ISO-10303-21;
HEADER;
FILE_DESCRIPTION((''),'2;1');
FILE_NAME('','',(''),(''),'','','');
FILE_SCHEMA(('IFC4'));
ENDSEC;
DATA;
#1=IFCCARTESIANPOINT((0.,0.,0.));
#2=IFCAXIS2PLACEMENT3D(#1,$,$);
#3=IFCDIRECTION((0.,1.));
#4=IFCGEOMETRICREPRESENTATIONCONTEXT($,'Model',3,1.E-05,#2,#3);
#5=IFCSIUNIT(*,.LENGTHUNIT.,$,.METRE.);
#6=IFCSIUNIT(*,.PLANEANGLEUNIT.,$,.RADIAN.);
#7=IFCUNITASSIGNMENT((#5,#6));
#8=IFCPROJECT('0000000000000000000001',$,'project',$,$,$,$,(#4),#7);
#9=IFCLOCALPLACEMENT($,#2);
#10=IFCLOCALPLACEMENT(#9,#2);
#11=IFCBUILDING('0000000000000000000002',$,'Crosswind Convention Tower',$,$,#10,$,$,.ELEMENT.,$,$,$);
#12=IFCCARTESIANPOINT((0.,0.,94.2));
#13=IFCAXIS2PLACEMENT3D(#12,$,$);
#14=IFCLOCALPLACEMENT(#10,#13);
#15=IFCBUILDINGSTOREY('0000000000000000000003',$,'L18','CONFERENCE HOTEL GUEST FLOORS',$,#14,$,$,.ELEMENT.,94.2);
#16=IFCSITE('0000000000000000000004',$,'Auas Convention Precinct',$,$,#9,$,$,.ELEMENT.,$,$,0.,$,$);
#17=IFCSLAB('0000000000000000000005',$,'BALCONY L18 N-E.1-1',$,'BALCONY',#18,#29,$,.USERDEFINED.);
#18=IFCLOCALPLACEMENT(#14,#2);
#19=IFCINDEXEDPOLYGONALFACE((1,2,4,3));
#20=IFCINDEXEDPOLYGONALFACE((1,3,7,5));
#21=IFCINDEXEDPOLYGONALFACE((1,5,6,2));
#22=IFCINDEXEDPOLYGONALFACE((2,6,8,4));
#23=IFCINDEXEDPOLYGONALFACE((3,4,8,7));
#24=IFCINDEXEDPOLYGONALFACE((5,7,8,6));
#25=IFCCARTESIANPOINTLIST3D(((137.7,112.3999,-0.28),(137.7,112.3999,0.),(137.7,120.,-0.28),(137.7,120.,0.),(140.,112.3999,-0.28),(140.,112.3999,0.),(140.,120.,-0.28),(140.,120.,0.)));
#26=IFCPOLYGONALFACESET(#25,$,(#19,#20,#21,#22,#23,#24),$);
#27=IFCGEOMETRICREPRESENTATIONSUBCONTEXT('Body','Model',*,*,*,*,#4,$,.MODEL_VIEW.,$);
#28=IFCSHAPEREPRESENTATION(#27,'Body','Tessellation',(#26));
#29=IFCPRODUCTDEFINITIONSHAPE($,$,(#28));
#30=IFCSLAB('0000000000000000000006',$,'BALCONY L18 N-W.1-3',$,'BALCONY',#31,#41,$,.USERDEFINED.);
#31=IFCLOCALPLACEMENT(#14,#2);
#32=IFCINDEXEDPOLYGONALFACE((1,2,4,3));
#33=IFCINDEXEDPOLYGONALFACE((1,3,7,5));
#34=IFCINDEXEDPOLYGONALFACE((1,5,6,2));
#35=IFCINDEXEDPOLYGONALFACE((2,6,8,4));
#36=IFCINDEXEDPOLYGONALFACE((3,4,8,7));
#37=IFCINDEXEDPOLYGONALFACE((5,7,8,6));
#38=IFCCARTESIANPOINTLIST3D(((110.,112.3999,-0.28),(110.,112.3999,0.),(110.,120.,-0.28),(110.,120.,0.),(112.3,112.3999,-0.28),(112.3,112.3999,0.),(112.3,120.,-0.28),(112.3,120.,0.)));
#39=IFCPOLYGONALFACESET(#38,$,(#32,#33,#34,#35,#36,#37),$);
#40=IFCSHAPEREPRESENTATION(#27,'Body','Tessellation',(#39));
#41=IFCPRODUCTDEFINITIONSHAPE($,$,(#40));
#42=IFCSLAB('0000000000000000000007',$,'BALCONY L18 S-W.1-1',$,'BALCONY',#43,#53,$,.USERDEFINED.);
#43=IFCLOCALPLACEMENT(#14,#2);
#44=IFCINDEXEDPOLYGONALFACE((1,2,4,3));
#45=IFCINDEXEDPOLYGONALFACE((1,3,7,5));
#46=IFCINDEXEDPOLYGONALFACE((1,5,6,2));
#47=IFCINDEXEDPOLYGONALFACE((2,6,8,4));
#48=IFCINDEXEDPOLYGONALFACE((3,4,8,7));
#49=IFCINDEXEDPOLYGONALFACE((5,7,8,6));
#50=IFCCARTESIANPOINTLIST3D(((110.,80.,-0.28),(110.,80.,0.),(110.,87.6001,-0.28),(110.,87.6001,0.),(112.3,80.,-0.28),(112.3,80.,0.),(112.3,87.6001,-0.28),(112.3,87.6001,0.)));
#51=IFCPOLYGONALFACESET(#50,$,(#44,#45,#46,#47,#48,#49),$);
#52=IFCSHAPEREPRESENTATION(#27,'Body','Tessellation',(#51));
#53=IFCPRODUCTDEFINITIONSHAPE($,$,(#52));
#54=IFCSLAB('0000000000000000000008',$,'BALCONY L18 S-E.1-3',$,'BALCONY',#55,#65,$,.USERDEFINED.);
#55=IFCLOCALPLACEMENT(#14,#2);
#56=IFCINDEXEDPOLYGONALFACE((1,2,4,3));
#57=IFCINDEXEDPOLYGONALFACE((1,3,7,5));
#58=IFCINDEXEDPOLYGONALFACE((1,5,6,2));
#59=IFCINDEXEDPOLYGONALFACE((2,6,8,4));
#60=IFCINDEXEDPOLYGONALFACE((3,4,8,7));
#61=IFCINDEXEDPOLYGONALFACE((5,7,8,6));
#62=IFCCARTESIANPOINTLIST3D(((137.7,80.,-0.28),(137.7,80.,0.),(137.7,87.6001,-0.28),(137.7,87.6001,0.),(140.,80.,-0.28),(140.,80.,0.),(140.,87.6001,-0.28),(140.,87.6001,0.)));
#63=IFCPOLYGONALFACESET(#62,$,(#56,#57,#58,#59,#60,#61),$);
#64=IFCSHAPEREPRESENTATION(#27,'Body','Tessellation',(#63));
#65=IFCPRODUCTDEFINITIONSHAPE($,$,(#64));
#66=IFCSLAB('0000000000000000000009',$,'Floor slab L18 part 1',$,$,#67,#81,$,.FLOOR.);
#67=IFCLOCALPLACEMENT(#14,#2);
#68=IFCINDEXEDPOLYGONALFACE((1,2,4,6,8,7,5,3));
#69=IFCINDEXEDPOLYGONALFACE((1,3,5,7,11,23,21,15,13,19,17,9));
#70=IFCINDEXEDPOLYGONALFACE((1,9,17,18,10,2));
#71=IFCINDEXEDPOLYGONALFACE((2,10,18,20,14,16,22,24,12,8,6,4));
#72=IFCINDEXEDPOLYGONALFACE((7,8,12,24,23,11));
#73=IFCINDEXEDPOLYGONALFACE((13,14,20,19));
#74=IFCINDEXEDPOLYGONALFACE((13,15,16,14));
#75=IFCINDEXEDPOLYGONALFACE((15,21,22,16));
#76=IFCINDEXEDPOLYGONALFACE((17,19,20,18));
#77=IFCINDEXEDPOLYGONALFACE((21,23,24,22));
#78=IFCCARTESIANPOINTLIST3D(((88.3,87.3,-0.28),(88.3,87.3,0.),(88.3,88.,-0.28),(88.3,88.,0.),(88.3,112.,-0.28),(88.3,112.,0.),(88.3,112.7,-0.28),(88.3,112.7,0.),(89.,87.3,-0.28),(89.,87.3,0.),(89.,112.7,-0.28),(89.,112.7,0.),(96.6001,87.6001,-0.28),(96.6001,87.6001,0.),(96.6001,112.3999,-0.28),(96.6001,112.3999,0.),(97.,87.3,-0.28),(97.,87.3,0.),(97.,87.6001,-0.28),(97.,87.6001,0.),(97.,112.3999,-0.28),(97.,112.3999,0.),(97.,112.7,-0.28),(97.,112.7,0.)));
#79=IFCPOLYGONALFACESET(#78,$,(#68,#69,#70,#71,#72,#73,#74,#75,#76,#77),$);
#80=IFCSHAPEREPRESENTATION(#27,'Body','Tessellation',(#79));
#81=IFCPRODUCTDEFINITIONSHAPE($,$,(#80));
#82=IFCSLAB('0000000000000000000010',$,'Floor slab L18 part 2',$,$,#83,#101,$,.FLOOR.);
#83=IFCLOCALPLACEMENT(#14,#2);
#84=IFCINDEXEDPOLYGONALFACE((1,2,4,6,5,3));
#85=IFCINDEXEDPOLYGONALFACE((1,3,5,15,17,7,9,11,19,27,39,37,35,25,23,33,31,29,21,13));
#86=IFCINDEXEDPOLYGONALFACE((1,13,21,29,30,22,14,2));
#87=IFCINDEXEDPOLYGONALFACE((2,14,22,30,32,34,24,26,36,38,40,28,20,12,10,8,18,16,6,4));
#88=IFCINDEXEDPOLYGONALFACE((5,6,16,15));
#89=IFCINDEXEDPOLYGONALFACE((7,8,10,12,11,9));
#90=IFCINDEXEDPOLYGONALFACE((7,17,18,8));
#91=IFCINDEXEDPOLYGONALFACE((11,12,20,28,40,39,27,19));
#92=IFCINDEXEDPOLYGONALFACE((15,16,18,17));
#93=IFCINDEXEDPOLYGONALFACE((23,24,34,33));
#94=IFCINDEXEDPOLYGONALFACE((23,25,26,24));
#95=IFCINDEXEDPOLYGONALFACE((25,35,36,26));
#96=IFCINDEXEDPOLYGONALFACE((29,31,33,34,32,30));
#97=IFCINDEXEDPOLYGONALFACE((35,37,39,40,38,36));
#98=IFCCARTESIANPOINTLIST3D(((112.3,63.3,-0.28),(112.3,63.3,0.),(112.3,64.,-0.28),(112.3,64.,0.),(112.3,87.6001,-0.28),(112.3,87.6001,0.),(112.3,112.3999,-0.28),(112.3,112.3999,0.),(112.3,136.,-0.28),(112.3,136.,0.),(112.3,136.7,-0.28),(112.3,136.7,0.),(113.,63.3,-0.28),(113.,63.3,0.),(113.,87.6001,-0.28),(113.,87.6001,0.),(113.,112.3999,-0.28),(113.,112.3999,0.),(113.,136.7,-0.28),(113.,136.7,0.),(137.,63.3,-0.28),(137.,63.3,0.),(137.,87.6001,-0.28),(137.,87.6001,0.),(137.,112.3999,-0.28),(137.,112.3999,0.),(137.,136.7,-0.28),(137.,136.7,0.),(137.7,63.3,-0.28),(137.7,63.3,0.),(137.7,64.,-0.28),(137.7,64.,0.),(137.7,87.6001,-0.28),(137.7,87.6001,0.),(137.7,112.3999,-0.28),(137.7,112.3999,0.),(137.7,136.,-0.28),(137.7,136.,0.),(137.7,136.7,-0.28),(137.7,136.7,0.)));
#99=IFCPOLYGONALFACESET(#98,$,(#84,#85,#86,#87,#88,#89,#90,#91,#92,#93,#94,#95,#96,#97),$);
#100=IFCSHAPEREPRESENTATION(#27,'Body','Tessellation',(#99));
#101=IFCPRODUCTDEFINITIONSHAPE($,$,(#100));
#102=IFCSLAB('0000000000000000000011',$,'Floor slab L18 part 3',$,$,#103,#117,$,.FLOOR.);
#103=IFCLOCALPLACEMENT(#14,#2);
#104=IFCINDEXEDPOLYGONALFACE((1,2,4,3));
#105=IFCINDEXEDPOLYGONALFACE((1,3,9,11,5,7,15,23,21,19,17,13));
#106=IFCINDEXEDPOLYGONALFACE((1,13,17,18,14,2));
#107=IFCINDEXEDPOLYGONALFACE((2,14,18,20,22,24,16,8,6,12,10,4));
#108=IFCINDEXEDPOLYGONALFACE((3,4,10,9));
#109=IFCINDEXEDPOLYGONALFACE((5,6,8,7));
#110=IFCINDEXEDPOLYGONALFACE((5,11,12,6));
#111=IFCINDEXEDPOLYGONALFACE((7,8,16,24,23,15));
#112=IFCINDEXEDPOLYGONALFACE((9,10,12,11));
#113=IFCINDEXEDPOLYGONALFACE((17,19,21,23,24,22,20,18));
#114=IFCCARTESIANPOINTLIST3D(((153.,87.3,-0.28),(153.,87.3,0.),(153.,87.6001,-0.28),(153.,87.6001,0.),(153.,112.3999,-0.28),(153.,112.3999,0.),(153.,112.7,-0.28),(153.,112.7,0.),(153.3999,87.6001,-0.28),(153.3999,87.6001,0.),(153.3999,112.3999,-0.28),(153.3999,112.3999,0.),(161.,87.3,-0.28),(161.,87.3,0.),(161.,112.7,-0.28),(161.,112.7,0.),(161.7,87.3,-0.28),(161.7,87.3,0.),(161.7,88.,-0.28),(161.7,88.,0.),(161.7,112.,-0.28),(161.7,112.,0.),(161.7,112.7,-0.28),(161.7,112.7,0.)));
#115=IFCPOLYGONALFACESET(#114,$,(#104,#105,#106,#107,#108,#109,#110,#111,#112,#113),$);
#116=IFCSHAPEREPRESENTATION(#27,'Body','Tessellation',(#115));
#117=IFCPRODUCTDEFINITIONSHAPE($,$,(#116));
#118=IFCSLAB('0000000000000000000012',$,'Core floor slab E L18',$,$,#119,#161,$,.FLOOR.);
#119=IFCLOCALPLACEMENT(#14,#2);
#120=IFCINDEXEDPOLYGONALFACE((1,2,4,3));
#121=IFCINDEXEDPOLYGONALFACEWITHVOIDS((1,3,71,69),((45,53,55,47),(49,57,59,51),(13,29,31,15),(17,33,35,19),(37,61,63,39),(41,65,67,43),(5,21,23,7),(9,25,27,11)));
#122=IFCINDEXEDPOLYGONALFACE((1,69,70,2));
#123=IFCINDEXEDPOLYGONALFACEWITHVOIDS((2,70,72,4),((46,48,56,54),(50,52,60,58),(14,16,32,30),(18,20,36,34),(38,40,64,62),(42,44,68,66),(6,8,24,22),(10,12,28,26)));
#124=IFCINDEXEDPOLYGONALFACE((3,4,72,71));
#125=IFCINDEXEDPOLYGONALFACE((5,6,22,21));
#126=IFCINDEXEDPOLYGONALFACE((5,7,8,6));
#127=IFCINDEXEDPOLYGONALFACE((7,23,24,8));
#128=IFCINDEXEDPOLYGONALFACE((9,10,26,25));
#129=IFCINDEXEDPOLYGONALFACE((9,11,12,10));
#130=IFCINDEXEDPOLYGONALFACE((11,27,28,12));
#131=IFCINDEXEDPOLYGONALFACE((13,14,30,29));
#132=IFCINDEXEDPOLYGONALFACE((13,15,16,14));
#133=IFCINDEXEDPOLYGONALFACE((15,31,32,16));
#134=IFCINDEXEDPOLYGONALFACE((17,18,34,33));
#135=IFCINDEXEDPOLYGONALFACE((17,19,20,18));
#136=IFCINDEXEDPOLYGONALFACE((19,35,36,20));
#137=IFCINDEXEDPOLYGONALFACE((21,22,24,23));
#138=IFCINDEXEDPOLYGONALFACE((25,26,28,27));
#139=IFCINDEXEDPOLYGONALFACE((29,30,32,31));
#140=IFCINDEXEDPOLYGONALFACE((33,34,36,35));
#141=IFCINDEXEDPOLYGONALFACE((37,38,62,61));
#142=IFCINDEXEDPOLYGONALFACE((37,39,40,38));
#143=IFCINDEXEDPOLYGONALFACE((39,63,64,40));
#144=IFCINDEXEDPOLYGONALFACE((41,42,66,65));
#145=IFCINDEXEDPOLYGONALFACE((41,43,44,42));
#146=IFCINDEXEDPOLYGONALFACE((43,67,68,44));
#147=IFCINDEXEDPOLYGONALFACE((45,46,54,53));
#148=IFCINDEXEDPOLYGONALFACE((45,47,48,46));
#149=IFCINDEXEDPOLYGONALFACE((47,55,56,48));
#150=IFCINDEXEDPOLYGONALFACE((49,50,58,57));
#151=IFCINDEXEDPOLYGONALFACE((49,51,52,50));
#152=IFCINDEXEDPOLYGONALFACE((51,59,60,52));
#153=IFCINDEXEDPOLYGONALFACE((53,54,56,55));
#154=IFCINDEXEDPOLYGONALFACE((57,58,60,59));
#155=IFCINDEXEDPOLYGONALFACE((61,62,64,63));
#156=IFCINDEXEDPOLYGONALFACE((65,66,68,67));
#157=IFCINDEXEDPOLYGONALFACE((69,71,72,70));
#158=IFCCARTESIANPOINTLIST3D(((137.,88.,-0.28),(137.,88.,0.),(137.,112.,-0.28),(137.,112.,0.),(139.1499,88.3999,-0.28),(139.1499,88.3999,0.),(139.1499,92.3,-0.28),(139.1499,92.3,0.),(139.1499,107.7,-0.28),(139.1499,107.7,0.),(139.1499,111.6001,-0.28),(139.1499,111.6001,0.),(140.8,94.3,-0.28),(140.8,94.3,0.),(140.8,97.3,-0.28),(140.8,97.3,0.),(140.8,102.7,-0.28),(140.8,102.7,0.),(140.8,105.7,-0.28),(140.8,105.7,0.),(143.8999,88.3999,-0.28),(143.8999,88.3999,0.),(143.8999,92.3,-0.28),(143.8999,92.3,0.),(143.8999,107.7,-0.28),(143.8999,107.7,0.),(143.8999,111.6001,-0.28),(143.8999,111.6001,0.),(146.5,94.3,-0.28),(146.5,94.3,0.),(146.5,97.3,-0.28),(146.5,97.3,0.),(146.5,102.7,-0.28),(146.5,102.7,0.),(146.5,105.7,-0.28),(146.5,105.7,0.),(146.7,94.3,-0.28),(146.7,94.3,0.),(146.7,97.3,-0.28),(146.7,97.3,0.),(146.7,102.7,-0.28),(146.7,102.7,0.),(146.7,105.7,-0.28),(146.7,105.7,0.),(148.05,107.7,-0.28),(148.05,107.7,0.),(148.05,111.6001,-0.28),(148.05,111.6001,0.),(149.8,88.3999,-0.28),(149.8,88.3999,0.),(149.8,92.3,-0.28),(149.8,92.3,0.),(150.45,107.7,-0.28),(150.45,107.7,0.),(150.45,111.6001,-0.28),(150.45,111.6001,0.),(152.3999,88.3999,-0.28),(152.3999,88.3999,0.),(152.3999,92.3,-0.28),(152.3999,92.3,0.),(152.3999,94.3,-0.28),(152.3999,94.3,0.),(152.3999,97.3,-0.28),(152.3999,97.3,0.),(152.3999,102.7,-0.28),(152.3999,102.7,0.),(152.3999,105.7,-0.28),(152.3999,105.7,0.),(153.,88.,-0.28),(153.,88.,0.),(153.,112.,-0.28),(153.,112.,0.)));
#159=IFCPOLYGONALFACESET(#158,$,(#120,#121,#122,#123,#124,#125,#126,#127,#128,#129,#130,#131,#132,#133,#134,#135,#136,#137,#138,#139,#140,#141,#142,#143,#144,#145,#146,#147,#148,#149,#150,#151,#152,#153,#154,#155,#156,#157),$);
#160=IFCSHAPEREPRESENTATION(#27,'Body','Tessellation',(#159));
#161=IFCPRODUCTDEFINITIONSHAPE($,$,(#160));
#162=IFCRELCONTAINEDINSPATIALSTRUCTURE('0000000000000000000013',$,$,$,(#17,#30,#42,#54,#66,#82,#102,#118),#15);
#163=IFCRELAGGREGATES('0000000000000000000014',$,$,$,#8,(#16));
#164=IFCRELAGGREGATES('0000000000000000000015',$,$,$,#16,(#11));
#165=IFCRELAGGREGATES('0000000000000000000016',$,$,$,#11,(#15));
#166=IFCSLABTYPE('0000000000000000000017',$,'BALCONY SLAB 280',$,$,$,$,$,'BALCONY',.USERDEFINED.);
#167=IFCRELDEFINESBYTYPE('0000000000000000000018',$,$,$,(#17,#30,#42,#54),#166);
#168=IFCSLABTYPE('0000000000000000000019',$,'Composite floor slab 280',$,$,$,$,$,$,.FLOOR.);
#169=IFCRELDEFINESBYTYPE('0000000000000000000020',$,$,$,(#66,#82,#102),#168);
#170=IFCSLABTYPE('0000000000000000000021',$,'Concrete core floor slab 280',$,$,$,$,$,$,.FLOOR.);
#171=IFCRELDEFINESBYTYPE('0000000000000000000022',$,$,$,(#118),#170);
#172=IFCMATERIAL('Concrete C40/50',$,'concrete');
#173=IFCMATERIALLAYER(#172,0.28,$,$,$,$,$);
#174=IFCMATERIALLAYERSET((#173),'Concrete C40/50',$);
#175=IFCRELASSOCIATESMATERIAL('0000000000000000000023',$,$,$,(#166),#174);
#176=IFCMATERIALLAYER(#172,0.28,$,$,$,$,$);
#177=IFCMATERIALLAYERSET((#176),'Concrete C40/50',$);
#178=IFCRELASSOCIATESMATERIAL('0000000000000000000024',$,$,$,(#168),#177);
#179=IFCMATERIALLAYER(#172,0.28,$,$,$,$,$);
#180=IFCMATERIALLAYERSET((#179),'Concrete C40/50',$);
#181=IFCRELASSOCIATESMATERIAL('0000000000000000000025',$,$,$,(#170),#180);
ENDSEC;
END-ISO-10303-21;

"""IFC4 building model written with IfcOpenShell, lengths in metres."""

from ifc_helpers import new_model, si_unit, direction, frame, origin, place, context, subcontext, project, spatial, polyline, outline, extrude, material, layer, layer_set, type_object, element, save


model = new_model("IFC4")

# Units and contexts
model_context = context("Model", 3, precision=1e-05, world=origin(), true_north=direction((0.0, 1.0)))
body_context = subcontext(model_context, "Body", "Model", "MODEL_VIEW")
ifc_project = project(units=[si_unit("LENGTHUNIT", "METRE"), si_unit("PLANEANGLEUNIT", "RADIAN")], contexts=[model_context])

# Site, building, storey
site_placement = place(None, origin())
site = spatial("IfcSite", under=ifc_project, at=site_placement, Name="Auas Convention Precinct", CompositionType="ELEMENT", RefElevation=0.0)
building_placement = place(site_placement, origin())
building = spatial("IfcBuilding", under=site, at=building_placement, Name="Crosswind Convention Tower", CompositionType="ELEMENT")
storey_placement = place(building_placement, frame((0.0, 0.0, 94.2)))
storey = spatial("IfcBuildingStorey", under=building, at=storey_placement, Name="L18", Description="CONFERENCE HOTEL GUEST FLOORS", CompositionType="ELEMENT", Elevation=94.2)

# Slabs
ifc_material_1 = material(Name="Concrete C40/50", Category="concrete")
ifc_layer_1 = layer(ifc_material_1, 0.28)
ifc_layer_set_1 = layer_set([ifc_layer_1], Name="Concrete C40/50")
slab_type_1 = type_object("IfcSlabType", Name="BALCONY SLAB 280", ElementType="BALCONY", PredefinedType="USERDEFINED", material=ifc_layer_set_1)
slab_1_placement = place(storey_placement, frame((0.0, 0.0, -0.28)))
element("IfcSlab", 1, at=slab_1_placement, inside=storey, type_object=slab_type_1, Name="BALCONY L18 N-E.1-1", ObjectType="BALCONY", PredefinedType="USERDEFINED", context=body_context, shape_type="SweptSolid", body=[
    extrude(outline(polyline([(137.7, 112.3999), (137.7, 120.0), (140.0, 120.0), (140.0, 112.3999), (137.7, 112.3999)])), origin(), (0.0, 0.0, 1.0), 0.28),
])
slab_2_placement = place(storey_placement, frame((0.0, 0.0, -0.28)))
element("IfcSlab", 2, at=slab_2_placement, inside=storey, type_object=slab_type_1, Name="BALCONY L18 N-W.1-3", ObjectType="BALCONY", PredefinedType="USERDEFINED", context=body_context, shape_type="SweptSolid", body=[
    extrude(outline(polyline([(112.3, 120.0), (112.3, 112.3999), (110.0, 112.3999), (110.0, 120.0), (112.3, 120.0)])), origin(), (0.0, 0.0, 1.0), 0.28),
])
slab_3_placement = place(storey_placement, frame((0.0, 0.0, -0.28)))
element("IfcSlab", 3, at=slab_3_placement, inside=storey, type_object=slab_type_1, Name="BALCONY L18 S-W.1-1", ObjectType="BALCONY", PredefinedType="USERDEFINED", context=body_context, shape_type="SweptSolid", body=[
    extrude(outline(polyline([(112.3, 87.6001), (112.3, 80.0), (110.0, 80.0), (110.0, 87.6001), (112.3, 87.6001)])), origin(), (0.0, 0.0, 1.0), 0.28),
])
slab_4_placement = place(storey_placement, frame((0.0, 0.0, -0.28)))
element("IfcSlab", 4, at=slab_4_placement, inside=storey, type_object=slab_type_1, Name="BALCONY L18 S-E.1-3", ObjectType="BALCONY", PredefinedType="USERDEFINED", context=body_context, shape_type="SweptSolid", body=[
    extrude(outline(polyline([(137.7, 80.0), (137.7, 87.6001), (140.0, 87.6001), (140.0, 80.0), (137.7, 80.0)])), origin(), (0.0, 0.0, 1.0), 0.28),
])
ifc_layer_2 = layer(ifc_material_1, 0.28)
ifc_layer_set_2 = layer_set([ifc_layer_2], Name="Concrete C40/50")
slab_type_2 = type_object("IfcSlabType", Name="Composite floor slab 280", PredefinedType="FLOOR", material=ifc_layer_set_2)
slab_5_placement = place(storey_placement, frame((0.0, 0.0, -0.28)))
element("IfcSlab", 5, at=slab_5_placement, inside=storey, type_object=slab_type_2, Name="Floor slab L18 part 1", PredefinedType="FLOOR", context=body_context, shape_type="SweptSolid", body=[
    extrude(outline(polyline([(97.0, 87.3), (89.0, 87.3), (88.3, 87.3), (88.3, 88.0), (88.3, 112.0), (88.3, 112.7), (89.0, 112.7), (97.0, 112.7), (97.0, 112.3999), (96.6001, 112.3999), (96.6001, 87.6001), (97.0, 87.6001), (97.0, 87.3)])), origin(), (0.0, 0.0, 1.0), 0.28),
])
slab_6_placement = place(storey_placement, frame((0.0, 0.0, -0.28)))
element("IfcSlab", 6, at=slab_6_placement, inside=storey, type_object=slab_type_2, Name="Floor slab L18 part 2", PredefinedType="FLOOR", context=body_context, shape_type="SweptSolid", body=[
    extrude(outline(polyline([(112.3, 87.6001), (113.0, 87.6001), (113.0, 112.3999), (112.3, 112.3999), (112.3, 136.0), (112.3, 136.7), (113.0, 136.7), (137.0, 136.7), (137.7, 136.7), (137.7, 136.0), (137.7, 112.3999), (137.0, 112.3999), (137.0, 87.6001), (137.7, 87.6001), (137.7, 64.0), (137.7, 63.3), (137.0, 63.3), (113.0, 63.3), (112.3, 63.3), (112.3, 64.0), (112.3, 87.6001)])), origin(), (0.0, 0.0, 1.0), 0.28),
])
slab_7_placement = place(storey_placement, frame((0.0, 0.0, -0.28)))
element("IfcSlab", 7, at=slab_7_placement, inside=storey, type_object=slab_type_2, Name="Floor slab L18 part 3", PredefinedType="FLOOR", context=body_context, shape_type="SweptSolid", body=[
    extrude(outline(polyline([(153.0, 112.7), (161.0, 112.7), (161.7, 112.7), (161.7, 112.0), (161.7, 88.0), (161.7, 87.3), (161.0, 87.3), (153.0, 87.3), (153.0, 87.6001), (153.3999, 87.6001), (153.3999, 112.3999), (153.0, 112.3999), (153.0, 112.7)])), origin(), (0.0, 0.0, 1.0), 0.28),
])
ifc_layer_3 = layer(ifc_material_1, 0.28)
ifc_layer_set_3 = layer_set([ifc_layer_3], Name="Concrete C40/50")
slab_type_3 = type_object("IfcSlabType", Name="Concrete core floor slab 280", PredefinedType="FLOOR", material=ifc_layer_set_3)
slab_8_placement = place(storey_placement, frame((0.0, 0.0, -0.28)))
element("IfcSlab", 8, at=slab_8_placement, inside=storey, type_object=slab_type_3, Name="Core floor slab E L18", PredefinedType="FLOOR", context=body_context, shape_type="SweptSolid", body=[
    extrude(outline(polyline([(137.0, 88.0), (153.0, 88.0), (153.0, 112.0), (137.0, 112.0), (137.0, 88.0)]), holes=[polyline([(146.5, 102.7), (146.5, 105.7), (140.8, 105.7), (140.8, 102.7), (146.5, 102.7)]), polyline([(152.3999, 102.7), (152.3999, 105.7), (146.7, 105.7), (146.7, 102.7), (152.3999, 102.7)]), polyline([(146.5, 94.3), (146.5, 97.3), (140.8, 97.3), (140.8, 94.3), (146.5, 94.3)]), polyline([(152.3999, 94.3), (152.3999, 97.3), (146.7, 97.3), (146.7, 94.3), (152.3999, 94.3)]), polyline([(150.45, 107.7), (150.45, 111.6001), (148.05, 111.6001), (148.05, 107.7), (150.45, 107.7)]), polyline([(152.3999, 88.3999), (152.3999, 92.3), (149.8, 92.3), (149.8, 88.3999), (152.3999, 88.3999)]), polyline([(143.8999, 107.7), (143.8999, 111.6001), (139.1499, 111.6001), (139.1499, 107.7), (143.8999, 107.7)]), polyline([(143.8999, 88.3999), (143.8999, 92.3), (139.1499, 92.3), (139.1499, 88.3999), (143.8999, 88.3999)])]), origin(), (0.0, 0.0, 1.0), 0.28),
])

save(model, "model.ifc")
